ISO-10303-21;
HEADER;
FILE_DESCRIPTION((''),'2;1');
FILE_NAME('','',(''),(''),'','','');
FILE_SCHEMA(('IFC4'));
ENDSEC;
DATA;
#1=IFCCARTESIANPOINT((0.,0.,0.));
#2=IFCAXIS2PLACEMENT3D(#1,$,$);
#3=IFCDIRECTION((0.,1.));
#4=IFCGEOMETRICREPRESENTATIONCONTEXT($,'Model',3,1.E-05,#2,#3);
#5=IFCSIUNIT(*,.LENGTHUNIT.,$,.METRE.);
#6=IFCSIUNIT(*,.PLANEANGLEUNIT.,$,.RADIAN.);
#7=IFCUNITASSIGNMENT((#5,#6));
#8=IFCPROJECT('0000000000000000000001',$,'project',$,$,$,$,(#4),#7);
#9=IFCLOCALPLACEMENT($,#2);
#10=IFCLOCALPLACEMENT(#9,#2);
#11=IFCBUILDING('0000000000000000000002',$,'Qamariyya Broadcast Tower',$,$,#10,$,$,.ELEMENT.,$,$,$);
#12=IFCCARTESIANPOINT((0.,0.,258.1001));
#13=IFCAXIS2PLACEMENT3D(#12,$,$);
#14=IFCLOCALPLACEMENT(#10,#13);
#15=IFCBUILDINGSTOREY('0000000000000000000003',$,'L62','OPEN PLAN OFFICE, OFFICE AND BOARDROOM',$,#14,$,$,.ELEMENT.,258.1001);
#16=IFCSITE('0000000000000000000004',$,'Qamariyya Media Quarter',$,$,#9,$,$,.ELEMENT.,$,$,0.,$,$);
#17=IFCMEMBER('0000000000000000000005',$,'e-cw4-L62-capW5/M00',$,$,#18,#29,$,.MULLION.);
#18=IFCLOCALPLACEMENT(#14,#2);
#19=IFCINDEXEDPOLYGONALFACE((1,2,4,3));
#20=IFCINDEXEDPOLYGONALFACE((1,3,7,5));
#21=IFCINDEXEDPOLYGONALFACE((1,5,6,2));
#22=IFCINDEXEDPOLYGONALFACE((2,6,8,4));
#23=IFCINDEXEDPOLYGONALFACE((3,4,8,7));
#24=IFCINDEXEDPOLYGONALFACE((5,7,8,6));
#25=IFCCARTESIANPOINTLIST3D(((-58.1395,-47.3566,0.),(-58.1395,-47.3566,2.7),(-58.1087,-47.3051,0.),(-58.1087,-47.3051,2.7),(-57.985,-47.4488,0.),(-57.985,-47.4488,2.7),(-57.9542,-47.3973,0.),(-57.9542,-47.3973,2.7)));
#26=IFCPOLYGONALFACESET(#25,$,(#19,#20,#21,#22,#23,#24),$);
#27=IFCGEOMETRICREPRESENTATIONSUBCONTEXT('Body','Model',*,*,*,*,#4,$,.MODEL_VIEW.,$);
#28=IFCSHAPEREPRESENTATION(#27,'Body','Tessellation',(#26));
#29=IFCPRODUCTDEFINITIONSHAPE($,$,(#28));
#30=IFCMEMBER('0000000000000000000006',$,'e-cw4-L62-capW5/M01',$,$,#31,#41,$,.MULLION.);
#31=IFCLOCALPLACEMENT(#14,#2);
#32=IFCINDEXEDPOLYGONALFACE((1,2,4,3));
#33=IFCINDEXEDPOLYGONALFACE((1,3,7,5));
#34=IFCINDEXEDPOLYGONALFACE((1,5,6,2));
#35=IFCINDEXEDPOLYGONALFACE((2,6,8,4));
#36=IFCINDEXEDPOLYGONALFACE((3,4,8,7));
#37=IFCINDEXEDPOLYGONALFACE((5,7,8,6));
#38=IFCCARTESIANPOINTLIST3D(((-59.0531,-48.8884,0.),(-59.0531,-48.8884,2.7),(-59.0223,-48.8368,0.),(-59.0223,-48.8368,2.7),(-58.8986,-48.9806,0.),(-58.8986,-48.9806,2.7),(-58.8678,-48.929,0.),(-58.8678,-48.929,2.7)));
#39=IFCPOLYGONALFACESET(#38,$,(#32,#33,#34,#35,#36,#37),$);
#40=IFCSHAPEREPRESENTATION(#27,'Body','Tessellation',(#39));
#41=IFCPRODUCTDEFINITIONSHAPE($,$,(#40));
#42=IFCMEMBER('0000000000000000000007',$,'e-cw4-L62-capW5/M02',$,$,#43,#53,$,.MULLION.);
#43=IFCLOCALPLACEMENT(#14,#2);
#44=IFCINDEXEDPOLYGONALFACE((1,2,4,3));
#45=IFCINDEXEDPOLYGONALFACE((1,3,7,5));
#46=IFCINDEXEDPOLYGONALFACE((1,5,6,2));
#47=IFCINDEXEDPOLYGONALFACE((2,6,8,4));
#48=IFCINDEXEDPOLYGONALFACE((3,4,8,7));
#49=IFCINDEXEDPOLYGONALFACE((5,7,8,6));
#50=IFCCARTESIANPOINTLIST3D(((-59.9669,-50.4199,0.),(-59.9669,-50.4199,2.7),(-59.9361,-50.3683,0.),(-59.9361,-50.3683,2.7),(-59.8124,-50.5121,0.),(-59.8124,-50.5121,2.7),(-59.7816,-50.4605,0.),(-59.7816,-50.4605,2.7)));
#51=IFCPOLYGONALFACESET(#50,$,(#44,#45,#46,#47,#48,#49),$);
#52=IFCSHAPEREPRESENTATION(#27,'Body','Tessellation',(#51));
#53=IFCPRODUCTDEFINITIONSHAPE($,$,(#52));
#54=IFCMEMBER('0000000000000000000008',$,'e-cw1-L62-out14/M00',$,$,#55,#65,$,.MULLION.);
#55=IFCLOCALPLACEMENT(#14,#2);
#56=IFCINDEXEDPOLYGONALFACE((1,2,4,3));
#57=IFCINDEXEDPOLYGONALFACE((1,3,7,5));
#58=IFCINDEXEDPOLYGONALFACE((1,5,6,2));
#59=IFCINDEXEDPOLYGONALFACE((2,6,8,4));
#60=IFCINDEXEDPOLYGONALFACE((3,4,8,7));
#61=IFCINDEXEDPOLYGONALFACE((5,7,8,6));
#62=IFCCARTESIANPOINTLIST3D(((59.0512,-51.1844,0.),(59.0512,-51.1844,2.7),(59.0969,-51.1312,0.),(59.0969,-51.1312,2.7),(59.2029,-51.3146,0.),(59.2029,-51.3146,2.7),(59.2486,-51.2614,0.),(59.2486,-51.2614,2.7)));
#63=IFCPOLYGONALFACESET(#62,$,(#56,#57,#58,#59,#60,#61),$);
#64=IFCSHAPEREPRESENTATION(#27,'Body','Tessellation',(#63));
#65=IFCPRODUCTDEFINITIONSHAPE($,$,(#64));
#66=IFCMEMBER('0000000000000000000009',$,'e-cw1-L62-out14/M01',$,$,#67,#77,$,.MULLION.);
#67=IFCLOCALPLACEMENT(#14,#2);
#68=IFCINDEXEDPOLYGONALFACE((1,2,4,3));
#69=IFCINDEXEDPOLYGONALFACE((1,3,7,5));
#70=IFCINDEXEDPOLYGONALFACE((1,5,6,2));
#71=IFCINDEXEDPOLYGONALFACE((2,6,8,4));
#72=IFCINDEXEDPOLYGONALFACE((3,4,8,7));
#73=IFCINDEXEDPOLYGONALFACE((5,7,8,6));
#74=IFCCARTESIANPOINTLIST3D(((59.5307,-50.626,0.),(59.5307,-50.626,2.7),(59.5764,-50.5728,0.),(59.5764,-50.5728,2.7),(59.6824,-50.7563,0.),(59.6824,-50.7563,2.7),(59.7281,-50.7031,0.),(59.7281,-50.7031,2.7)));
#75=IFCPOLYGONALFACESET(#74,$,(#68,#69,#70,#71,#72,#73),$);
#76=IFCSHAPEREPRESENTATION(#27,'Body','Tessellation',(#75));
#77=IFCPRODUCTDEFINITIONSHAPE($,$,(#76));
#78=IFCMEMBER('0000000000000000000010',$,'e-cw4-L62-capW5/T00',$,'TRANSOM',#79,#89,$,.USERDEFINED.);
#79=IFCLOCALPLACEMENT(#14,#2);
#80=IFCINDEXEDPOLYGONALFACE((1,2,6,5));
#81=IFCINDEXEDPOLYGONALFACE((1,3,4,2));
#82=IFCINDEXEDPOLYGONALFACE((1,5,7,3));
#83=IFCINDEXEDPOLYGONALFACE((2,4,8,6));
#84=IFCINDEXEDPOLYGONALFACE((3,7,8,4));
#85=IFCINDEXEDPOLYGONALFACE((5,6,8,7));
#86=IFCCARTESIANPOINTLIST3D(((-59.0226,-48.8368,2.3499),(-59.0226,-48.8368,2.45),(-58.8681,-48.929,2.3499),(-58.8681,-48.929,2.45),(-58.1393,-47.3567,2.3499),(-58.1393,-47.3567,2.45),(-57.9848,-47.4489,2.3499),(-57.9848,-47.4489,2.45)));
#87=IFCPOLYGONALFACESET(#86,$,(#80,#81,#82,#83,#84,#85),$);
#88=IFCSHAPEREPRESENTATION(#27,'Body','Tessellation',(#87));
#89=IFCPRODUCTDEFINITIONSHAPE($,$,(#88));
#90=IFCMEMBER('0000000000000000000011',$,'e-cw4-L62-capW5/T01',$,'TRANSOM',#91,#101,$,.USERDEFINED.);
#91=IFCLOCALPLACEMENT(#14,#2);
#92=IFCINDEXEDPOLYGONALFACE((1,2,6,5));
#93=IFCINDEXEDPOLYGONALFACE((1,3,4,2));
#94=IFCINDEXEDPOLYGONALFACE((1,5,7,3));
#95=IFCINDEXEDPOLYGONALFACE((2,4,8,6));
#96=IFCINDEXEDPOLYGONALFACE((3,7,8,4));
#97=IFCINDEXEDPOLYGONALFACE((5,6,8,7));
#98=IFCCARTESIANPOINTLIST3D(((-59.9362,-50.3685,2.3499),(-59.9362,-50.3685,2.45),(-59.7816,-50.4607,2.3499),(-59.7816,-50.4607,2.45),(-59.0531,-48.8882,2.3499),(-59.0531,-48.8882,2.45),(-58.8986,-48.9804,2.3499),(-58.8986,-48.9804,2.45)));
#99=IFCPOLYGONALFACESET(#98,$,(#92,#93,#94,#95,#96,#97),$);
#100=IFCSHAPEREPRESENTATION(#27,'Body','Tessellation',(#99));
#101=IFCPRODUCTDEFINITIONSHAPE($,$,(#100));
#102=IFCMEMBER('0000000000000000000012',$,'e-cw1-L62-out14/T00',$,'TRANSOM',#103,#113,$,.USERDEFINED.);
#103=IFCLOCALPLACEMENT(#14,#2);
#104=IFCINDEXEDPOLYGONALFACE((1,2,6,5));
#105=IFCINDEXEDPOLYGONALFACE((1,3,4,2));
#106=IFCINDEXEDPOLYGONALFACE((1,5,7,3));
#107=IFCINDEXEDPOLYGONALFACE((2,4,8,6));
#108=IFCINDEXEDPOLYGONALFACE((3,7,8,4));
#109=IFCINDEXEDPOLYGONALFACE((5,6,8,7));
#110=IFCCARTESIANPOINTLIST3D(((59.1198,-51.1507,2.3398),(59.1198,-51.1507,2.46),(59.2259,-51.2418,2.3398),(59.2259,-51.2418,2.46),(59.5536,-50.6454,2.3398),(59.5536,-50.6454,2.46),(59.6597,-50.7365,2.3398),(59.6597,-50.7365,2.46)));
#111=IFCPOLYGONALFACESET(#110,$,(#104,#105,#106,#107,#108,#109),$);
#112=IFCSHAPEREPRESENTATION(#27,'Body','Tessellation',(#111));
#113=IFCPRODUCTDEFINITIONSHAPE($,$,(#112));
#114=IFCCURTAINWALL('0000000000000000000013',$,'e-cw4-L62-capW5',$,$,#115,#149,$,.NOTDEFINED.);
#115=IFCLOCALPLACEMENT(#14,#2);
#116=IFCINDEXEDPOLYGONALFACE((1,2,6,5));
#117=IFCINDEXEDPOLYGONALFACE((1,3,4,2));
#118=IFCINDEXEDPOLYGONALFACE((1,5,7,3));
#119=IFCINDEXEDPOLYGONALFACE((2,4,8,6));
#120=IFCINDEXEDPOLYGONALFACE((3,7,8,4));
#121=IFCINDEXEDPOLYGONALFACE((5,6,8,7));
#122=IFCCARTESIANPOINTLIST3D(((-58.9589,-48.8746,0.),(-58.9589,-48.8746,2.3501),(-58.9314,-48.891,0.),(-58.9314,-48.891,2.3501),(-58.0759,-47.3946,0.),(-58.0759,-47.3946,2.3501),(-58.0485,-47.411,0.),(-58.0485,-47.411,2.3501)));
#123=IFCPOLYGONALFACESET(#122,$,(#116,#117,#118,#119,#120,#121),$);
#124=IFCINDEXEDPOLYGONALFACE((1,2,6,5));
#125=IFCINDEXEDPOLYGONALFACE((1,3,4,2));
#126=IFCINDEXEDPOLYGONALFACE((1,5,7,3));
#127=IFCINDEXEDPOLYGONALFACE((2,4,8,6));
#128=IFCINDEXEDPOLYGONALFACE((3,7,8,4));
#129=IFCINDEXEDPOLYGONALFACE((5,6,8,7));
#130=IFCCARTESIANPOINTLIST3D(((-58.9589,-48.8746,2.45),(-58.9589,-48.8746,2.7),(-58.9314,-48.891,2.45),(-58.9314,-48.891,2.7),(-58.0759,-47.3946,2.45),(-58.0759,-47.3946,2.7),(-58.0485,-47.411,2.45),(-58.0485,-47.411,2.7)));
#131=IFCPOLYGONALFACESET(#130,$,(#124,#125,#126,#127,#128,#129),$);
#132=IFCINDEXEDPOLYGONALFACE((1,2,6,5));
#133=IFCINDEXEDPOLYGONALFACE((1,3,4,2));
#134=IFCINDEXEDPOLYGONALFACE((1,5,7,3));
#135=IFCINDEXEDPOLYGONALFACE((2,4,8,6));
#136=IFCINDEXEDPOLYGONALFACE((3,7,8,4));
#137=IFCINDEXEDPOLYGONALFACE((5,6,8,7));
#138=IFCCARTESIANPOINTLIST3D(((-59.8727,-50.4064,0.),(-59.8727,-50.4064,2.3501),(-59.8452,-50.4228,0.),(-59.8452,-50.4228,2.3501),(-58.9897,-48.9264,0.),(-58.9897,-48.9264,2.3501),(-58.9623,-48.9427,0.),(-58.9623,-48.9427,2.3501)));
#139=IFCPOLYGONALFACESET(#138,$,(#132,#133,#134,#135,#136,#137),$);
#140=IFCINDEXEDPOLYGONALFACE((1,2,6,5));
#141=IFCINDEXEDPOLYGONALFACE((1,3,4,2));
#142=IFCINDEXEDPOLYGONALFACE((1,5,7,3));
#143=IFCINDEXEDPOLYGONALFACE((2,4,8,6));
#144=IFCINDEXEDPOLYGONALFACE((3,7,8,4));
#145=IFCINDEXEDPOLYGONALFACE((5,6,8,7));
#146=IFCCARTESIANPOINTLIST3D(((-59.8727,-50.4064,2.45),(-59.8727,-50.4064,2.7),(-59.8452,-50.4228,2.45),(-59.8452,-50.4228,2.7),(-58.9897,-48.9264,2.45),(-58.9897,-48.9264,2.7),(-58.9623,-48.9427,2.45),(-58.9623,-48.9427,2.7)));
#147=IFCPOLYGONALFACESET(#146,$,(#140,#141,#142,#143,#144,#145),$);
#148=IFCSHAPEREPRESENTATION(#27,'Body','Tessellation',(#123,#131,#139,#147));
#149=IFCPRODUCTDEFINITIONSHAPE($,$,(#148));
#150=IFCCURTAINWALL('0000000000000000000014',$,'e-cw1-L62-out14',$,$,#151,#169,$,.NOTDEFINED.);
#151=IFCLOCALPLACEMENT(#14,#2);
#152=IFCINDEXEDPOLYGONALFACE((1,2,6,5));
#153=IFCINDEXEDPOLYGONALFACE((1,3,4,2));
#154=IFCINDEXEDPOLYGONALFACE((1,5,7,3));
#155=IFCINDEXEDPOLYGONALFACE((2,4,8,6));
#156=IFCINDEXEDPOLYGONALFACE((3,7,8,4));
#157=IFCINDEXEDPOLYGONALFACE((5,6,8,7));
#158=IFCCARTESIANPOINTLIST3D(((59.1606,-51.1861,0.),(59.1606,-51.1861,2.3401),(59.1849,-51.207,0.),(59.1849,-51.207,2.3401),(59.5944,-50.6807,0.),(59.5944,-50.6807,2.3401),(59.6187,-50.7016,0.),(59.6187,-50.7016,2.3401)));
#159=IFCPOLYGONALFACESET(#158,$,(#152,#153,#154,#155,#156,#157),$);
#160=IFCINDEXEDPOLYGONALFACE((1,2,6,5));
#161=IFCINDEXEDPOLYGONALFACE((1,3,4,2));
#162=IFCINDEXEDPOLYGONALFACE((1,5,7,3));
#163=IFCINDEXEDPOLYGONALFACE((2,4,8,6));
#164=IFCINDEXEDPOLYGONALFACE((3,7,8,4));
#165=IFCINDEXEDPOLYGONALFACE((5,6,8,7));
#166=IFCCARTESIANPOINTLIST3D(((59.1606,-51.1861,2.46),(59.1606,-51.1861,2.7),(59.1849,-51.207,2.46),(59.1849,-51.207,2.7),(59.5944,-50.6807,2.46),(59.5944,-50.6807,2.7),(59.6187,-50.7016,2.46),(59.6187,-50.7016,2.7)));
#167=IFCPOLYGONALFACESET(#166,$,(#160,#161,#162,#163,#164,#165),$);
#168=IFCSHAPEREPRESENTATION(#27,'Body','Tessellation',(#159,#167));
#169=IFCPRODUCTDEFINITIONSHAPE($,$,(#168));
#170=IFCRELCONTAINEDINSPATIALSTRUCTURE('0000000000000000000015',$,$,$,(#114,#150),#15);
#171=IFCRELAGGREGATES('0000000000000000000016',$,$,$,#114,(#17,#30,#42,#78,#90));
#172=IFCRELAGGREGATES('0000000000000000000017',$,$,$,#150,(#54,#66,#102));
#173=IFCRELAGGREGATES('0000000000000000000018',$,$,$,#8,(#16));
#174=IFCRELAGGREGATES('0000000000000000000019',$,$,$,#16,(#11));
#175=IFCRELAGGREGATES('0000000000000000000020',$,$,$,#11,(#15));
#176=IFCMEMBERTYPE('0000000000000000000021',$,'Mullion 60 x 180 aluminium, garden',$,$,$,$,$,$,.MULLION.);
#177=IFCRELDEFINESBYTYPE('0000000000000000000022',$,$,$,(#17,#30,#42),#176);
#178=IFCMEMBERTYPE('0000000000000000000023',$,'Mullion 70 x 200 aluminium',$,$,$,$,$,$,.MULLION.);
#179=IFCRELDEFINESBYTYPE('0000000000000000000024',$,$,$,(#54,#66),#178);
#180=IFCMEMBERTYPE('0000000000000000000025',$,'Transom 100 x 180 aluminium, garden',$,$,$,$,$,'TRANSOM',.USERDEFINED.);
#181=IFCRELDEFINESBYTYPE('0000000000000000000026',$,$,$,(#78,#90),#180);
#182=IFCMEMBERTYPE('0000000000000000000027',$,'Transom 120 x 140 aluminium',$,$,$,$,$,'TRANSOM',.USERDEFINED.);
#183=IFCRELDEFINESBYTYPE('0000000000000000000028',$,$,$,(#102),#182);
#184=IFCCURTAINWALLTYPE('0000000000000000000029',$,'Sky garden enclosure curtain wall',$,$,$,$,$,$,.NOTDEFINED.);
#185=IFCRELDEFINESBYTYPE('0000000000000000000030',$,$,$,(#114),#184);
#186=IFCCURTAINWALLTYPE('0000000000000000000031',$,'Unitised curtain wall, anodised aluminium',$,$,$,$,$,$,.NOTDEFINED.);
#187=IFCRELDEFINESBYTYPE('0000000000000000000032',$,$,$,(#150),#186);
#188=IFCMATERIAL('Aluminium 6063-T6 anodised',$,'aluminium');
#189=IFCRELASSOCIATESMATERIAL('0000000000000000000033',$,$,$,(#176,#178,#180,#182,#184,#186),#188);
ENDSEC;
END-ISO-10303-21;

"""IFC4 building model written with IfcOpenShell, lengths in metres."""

from ifc_helpers import new_model, si_unit, direction, frame, origin, origin_2d, place, context, subcontext, project, spatial, rectangle, extrude, material, material_profile, profile_set, type_object, element, aggregate, save


model = new_model("IFC4")

# Units and contexts
model_context = context("Model", 3, precision=1e-05, world=origin(), true_north=direction((0.0, 1.0)))
body_context = subcontext(model_context, "Body", "Model", "MODEL_VIEW")
ifc_project = project(units=[si_unit("LENGTHUNIT", "METRE"), si_unit("PLANEANGLEUNIT", "RADIAN")], contexts=[model_context])

# Members
ifc_material = material(Name="Aluminium 6063-T6 anodised", Category="aluminium")
ifc_material_profile_1 = material_profile(ifc_material, rectangle(XDim=0.1799, YDim=0.0601, at=origin_2d()))
ifc_profile_set_1 = profile_set([ifc_material_profile_1], Name="Aluminium 6063-T6 anodised")
member_type_1 = type_object("IfcMemberType", Name="Mullion 60 x 180 aluminium, garden", PredefinedType="MULLION", material=ifc_profile_set_1)
site_placement = place(None, origin())
building_placement = place(site_placement, origin())
storey_placement = place(building_placement, frame((0.0, 0.0, 258.1001)))
member_1_placement = place(storey_placement, frame((-58.0469, -47.377, 0.0), z_axis=(0.0, 0.0, 1.0), x_axis=(0.858771, -0.51236, 0.0)))
member_1 = element("IfcMember", 1, at=member_1_placement, type_object=member_type_1, Name="e-cw4-L62-capW5/M00", PredefinedType="MULLION", context=body_context, shape_type="SweptSolid", body=[
    extrude(rectangle(XDim=0.1799, YDim=0.0601, at=origin_2d()), origin(), (0.0, 0.0, 1.0), 2.7),
])
member_2_placement = place(storey_placement, frame((-58.9604, -48.9087, 0.0), z_axis=(0.0, 0.0, 1.0), x_axis=(0.858771, -0.51236, 0.0)))
member_2 = element("IfcMember", 2, at=member_2_placement, type_object=member_type_1, Name="e-cw4-L62-capW5/M01", PredefinedType="MULLION", context=body_context, shape_type="SweptSolid", body=[
    extrude(rectangle(XDim=0.1799, YDim=0.0601, at=origin_2d()), origin(), (0.0, 0.0, 1.0), 2.7),
])
member_3_placement = place(storey_placement, frame((-59.8743, -50.4402, 0.0), z_axis=(0.0, 0.0, 1.0), x_axis=(0.858771, -0.51236, 0.0)))
member_3 = element("IfcMember", 3, at=member_3_placement, type_object=member_type_1, Name="e-cw4-L62-capW5/M02", PredefinedType="MULLION", context=body_context, shape_type="SweptSolid", body=[
    extrude(rectangle(XDim=0.1799, YDim=0.0601, at=origin_2d()), origin(), (0.0, 0.0, 1.0), 2.7),
])
ifc_material_profile_2 = material_profile(ifc_material, rectangle(XDim=0.2, YDim=0.0701, at=origin_2d()))
ifc_profile_set_2 = profile_set([ifc_material_profile_2], Name="Aluminium 6063-T6 anodised")
member_type_2 = type_object("IfcMemberType", Name="Mullion 70 x 200 aluminium", PredefinedType="MULLION", material=ifc_profile_set_2)
member_4_placement = place(storey_placement, frame((59.1499, -51.2229, 0.0), z_axis=(0.0, 0.0, 1.0), x_axis=(-0.758703, 0.651437, 0.0)))
member_4 = element("IfcMember", 4, at=member_4_placement, type_object=member_type_2, Name="e-cw1-L62-out14/M00", PredefinedType="MULLION", context=body_context, shape_type="SweptSolid", body=[
    extrude(rectangle(XDim=0.2, YDim=0.0701, at=origin_2d()), origin(), (0.0, 0.0, 1.0), 2.7),
])
member_5_placement = place(storey_placement, frame((59.6294, -50.6646, 0.0), z_axis=(0.0, 0.0, 1.0), x_axis=(-0.758703, 0.651437, 0.0)))
member_5 = element("IfcMember", 5, at=member_5_placement, type_object=member_type_2, Name="e-cw1-L62-out14/M01", PredefinedType="MULLION", context=body_context, shape_type="SweptSolid", body=[
    extrude(rectangle(XDim=0.2, YDim=0.0701, at=origin_2d()), origin(), (0.0, 0.0, 1.0), 2.7),
])
ifc_material_profile_3 = material_profile(ifc_material, rectangle(XDim=0.1799, YDim=0.1001, at=origin_2d()))
ifc_profile_set_3 = profile_set([ifc_material_profile_3], Name="Aluminium 6063-T6 anodised")
member_type_3 = type_object("IfcMemberType", Name="Transom 100 x 180 aluminium, garden", ElementType="TRANSOM", PredefinedType="USERDEFINED", material=ifc_profile_set_3)
member_6_placement = place(storey_placement, frame((-58.062, -47.4028, 2.3999), z_axis=(-0.512495, -0.85869, 0.0), x_axis=(0.85869, -0.512495, 0.0)))
member_6 = element("IfcMember", 6, at=member_6_placement, type_object=member_type_3, Name="e-cw4-L62-capW5/T00", ObjectType="TRANSOM", PredefinedType="USERDEFINED", context=body_context, shape_type="SweptSolid", body=[
    extrude(rectangle(XDim=0.1799, YDim=0.1001, at=origin_2d()), origin(), (0.0, 0.0, 1.0), 1.7236),
])
member_7_placement = place(storey_placement, frame((-58.9758, -48.9343, 2.3999), z_axis=(-0.512328, -0.85879, 0.0), x_axis=(0.85879, -0.512328, 0.0)))
member_7 = element("IfcMember", 7, at=member_7_placement, type_object=member_type_3, Name="e-cw4-L62-capW5/T01", ObjectType="TRANSOM", PredefinedType="USERDEFINED", context=body_context, shape_type="SweptSolid", body=[
    extrude(rectangle(XDim=0.1799, YDim=0.1001, at=origin_2d()), origin(), (0.0, 0.0, 1.0), 1.7236),
])
ifc_material_profile_4 = material_profile(ifc_material, rectangle(XDim=0.1399, YDim=0.1201, at=origin_2d()))
ifc_profile_set_4 = profile_set([ifc_material_profile_4], Name="Aluminium 6063-T6 anodised")
member_type_4 = type_object("IfcMemberType", Name="Transom 120 x 140 aluminium", ElementType="TRANSOM", PredefinedType="USERDEFINED", material=ifc_profile_set_4)
member_8_placement = place(storey_placement, frame((59.1729, -51.1963, 2.3999), z_axis=(0.651365, 0.758765, 0.0), x_axis=(-0.758765, 0.651365, 0.0)))
member_8 = element("IfcMember", 8, at=member_8_placement, type_object=member_type_4, Name="e-cw1-L62-out14/T00", ObjectType="TRANSOM", PredefinedType="USERDEFINED", context=body_context, shape_type="SweptSolid", body=[
    extrude(rectangle(XDim=0.1399, YDim=0.1201, at=origin_2d()), origin(), (0.0, 0.0, 1.0), 0.666),
])

# Site, building, storey
site = spatial("IfcSite", under=ifc_project, at=site_placement, Name="Qamariyya Media Quarter", CompositionType="ELEMENT", RefElevation=0.0)
building = spatial("IfcBuilding", under=site, at=building_placement, Name="Qamariyya Broadcast Tower", CompositionType="ELEMENT")
storey = spatial("IfcBuildingStorey", under=building, at=storey_placement, Name="L62", Description="OPEN PLAN OFFICE, OFFICE AND BOARDROOM", CompositionType="ELEMENT", Elevation=258.1001)

# Curtain walls
curtain_wall_type_1 = type_object("IfcCurtainWallType", Name="Sky garden enclosure curtain wall", PredefinedType="NOTDEFINED", material=ifc_material)
curtain_wall_1_placement = place(storey_placement, origin())
curtain_wall_1 = element("IfcCurtainWall", 9, at=curtain_wall_1_placement, inside=storey, type_object=curtain_wall_type_1, Name="e-cw4-L62-capW5", PredefinedType="NOTDEFINED", context=body_context, shape_type="SweptSolid", body=[
    extrude(rectangle(XDim=1.7234, YDim=0.032, at=origin_2d()), frame((-58.5037, -48.1428, 0.0), x_axis=(-0.512326, -0.858791, 0.0)), (0.0, 0.0, 1.0), 2.3501),
    extrude(rectangle(XDim=1.7234, YDim=0.032, at=origin_2d()), frame((-58.5037, -48.1428, 2.45), x_axis=(-0.512326, -0.858791, 0.0)), (0.0, 0.0, 1.0), 0.25),
    extrude(rectangle(XDim=1.7234, YDim=0.032, at=origin_2d()), frame((-59.4175, -49.6746, 0.0), x_axis=(-0.512326, -0.858791, 0.0)), (0.0, 0.0, 1.0), 2.3501),
    extrude(rectangle(XDim=1.7234, YDim=0.032, at=origin_2d()), frame((-59.4175, -49.6746, 2.45), x_axis=(-0.512326, -0.858791, 0.0)), (0.0, 0.0, 1.0), 0.25),
])
aggregate(curtain_wall_1, [member_1, member_2, member_3, member_6, member_7])
curtain_wall_type_2 = type_object("IfcCurtainWallType", Name="Unitised curtain wall, anodised aluminium", PredefinedType="NOTDEFINED", material=ifc_material)
curtain_wall_2_placement = place(storey_placement, origin())
curtain_wall_2 = element("IfcCurtainWall", 10, at=curtain_wall_2_placement, inside=storey, type_object=curtain_wall_type_2, Name="e-cw1-L62-out14", PredefinedType="NOTDEFINED", context=body_context, shape_type="SweptSolid", body=[
    extrude(rectangle(XDim=0.666, YDim=0.032, at=origin_2d()), frame((59.3896, -50.9438, 0.0), x_axis=(0.65129, 0.758829, 0.0)), (0.0, 0.0, 1.0), 2.3401),
    extrude(rectangle(XDim=0.666, YDim=0.032, at=origin_2d()), frame((59.3896, -50.9438, 2.46), x_axis=(0.65129, 0.758829, 0.0)), (0.0, 0.0, 1.0), 0.24),
])
aggregate(curtain_wall_2, [member_4, member_5, member_8])

save(model, "model.ifc")
